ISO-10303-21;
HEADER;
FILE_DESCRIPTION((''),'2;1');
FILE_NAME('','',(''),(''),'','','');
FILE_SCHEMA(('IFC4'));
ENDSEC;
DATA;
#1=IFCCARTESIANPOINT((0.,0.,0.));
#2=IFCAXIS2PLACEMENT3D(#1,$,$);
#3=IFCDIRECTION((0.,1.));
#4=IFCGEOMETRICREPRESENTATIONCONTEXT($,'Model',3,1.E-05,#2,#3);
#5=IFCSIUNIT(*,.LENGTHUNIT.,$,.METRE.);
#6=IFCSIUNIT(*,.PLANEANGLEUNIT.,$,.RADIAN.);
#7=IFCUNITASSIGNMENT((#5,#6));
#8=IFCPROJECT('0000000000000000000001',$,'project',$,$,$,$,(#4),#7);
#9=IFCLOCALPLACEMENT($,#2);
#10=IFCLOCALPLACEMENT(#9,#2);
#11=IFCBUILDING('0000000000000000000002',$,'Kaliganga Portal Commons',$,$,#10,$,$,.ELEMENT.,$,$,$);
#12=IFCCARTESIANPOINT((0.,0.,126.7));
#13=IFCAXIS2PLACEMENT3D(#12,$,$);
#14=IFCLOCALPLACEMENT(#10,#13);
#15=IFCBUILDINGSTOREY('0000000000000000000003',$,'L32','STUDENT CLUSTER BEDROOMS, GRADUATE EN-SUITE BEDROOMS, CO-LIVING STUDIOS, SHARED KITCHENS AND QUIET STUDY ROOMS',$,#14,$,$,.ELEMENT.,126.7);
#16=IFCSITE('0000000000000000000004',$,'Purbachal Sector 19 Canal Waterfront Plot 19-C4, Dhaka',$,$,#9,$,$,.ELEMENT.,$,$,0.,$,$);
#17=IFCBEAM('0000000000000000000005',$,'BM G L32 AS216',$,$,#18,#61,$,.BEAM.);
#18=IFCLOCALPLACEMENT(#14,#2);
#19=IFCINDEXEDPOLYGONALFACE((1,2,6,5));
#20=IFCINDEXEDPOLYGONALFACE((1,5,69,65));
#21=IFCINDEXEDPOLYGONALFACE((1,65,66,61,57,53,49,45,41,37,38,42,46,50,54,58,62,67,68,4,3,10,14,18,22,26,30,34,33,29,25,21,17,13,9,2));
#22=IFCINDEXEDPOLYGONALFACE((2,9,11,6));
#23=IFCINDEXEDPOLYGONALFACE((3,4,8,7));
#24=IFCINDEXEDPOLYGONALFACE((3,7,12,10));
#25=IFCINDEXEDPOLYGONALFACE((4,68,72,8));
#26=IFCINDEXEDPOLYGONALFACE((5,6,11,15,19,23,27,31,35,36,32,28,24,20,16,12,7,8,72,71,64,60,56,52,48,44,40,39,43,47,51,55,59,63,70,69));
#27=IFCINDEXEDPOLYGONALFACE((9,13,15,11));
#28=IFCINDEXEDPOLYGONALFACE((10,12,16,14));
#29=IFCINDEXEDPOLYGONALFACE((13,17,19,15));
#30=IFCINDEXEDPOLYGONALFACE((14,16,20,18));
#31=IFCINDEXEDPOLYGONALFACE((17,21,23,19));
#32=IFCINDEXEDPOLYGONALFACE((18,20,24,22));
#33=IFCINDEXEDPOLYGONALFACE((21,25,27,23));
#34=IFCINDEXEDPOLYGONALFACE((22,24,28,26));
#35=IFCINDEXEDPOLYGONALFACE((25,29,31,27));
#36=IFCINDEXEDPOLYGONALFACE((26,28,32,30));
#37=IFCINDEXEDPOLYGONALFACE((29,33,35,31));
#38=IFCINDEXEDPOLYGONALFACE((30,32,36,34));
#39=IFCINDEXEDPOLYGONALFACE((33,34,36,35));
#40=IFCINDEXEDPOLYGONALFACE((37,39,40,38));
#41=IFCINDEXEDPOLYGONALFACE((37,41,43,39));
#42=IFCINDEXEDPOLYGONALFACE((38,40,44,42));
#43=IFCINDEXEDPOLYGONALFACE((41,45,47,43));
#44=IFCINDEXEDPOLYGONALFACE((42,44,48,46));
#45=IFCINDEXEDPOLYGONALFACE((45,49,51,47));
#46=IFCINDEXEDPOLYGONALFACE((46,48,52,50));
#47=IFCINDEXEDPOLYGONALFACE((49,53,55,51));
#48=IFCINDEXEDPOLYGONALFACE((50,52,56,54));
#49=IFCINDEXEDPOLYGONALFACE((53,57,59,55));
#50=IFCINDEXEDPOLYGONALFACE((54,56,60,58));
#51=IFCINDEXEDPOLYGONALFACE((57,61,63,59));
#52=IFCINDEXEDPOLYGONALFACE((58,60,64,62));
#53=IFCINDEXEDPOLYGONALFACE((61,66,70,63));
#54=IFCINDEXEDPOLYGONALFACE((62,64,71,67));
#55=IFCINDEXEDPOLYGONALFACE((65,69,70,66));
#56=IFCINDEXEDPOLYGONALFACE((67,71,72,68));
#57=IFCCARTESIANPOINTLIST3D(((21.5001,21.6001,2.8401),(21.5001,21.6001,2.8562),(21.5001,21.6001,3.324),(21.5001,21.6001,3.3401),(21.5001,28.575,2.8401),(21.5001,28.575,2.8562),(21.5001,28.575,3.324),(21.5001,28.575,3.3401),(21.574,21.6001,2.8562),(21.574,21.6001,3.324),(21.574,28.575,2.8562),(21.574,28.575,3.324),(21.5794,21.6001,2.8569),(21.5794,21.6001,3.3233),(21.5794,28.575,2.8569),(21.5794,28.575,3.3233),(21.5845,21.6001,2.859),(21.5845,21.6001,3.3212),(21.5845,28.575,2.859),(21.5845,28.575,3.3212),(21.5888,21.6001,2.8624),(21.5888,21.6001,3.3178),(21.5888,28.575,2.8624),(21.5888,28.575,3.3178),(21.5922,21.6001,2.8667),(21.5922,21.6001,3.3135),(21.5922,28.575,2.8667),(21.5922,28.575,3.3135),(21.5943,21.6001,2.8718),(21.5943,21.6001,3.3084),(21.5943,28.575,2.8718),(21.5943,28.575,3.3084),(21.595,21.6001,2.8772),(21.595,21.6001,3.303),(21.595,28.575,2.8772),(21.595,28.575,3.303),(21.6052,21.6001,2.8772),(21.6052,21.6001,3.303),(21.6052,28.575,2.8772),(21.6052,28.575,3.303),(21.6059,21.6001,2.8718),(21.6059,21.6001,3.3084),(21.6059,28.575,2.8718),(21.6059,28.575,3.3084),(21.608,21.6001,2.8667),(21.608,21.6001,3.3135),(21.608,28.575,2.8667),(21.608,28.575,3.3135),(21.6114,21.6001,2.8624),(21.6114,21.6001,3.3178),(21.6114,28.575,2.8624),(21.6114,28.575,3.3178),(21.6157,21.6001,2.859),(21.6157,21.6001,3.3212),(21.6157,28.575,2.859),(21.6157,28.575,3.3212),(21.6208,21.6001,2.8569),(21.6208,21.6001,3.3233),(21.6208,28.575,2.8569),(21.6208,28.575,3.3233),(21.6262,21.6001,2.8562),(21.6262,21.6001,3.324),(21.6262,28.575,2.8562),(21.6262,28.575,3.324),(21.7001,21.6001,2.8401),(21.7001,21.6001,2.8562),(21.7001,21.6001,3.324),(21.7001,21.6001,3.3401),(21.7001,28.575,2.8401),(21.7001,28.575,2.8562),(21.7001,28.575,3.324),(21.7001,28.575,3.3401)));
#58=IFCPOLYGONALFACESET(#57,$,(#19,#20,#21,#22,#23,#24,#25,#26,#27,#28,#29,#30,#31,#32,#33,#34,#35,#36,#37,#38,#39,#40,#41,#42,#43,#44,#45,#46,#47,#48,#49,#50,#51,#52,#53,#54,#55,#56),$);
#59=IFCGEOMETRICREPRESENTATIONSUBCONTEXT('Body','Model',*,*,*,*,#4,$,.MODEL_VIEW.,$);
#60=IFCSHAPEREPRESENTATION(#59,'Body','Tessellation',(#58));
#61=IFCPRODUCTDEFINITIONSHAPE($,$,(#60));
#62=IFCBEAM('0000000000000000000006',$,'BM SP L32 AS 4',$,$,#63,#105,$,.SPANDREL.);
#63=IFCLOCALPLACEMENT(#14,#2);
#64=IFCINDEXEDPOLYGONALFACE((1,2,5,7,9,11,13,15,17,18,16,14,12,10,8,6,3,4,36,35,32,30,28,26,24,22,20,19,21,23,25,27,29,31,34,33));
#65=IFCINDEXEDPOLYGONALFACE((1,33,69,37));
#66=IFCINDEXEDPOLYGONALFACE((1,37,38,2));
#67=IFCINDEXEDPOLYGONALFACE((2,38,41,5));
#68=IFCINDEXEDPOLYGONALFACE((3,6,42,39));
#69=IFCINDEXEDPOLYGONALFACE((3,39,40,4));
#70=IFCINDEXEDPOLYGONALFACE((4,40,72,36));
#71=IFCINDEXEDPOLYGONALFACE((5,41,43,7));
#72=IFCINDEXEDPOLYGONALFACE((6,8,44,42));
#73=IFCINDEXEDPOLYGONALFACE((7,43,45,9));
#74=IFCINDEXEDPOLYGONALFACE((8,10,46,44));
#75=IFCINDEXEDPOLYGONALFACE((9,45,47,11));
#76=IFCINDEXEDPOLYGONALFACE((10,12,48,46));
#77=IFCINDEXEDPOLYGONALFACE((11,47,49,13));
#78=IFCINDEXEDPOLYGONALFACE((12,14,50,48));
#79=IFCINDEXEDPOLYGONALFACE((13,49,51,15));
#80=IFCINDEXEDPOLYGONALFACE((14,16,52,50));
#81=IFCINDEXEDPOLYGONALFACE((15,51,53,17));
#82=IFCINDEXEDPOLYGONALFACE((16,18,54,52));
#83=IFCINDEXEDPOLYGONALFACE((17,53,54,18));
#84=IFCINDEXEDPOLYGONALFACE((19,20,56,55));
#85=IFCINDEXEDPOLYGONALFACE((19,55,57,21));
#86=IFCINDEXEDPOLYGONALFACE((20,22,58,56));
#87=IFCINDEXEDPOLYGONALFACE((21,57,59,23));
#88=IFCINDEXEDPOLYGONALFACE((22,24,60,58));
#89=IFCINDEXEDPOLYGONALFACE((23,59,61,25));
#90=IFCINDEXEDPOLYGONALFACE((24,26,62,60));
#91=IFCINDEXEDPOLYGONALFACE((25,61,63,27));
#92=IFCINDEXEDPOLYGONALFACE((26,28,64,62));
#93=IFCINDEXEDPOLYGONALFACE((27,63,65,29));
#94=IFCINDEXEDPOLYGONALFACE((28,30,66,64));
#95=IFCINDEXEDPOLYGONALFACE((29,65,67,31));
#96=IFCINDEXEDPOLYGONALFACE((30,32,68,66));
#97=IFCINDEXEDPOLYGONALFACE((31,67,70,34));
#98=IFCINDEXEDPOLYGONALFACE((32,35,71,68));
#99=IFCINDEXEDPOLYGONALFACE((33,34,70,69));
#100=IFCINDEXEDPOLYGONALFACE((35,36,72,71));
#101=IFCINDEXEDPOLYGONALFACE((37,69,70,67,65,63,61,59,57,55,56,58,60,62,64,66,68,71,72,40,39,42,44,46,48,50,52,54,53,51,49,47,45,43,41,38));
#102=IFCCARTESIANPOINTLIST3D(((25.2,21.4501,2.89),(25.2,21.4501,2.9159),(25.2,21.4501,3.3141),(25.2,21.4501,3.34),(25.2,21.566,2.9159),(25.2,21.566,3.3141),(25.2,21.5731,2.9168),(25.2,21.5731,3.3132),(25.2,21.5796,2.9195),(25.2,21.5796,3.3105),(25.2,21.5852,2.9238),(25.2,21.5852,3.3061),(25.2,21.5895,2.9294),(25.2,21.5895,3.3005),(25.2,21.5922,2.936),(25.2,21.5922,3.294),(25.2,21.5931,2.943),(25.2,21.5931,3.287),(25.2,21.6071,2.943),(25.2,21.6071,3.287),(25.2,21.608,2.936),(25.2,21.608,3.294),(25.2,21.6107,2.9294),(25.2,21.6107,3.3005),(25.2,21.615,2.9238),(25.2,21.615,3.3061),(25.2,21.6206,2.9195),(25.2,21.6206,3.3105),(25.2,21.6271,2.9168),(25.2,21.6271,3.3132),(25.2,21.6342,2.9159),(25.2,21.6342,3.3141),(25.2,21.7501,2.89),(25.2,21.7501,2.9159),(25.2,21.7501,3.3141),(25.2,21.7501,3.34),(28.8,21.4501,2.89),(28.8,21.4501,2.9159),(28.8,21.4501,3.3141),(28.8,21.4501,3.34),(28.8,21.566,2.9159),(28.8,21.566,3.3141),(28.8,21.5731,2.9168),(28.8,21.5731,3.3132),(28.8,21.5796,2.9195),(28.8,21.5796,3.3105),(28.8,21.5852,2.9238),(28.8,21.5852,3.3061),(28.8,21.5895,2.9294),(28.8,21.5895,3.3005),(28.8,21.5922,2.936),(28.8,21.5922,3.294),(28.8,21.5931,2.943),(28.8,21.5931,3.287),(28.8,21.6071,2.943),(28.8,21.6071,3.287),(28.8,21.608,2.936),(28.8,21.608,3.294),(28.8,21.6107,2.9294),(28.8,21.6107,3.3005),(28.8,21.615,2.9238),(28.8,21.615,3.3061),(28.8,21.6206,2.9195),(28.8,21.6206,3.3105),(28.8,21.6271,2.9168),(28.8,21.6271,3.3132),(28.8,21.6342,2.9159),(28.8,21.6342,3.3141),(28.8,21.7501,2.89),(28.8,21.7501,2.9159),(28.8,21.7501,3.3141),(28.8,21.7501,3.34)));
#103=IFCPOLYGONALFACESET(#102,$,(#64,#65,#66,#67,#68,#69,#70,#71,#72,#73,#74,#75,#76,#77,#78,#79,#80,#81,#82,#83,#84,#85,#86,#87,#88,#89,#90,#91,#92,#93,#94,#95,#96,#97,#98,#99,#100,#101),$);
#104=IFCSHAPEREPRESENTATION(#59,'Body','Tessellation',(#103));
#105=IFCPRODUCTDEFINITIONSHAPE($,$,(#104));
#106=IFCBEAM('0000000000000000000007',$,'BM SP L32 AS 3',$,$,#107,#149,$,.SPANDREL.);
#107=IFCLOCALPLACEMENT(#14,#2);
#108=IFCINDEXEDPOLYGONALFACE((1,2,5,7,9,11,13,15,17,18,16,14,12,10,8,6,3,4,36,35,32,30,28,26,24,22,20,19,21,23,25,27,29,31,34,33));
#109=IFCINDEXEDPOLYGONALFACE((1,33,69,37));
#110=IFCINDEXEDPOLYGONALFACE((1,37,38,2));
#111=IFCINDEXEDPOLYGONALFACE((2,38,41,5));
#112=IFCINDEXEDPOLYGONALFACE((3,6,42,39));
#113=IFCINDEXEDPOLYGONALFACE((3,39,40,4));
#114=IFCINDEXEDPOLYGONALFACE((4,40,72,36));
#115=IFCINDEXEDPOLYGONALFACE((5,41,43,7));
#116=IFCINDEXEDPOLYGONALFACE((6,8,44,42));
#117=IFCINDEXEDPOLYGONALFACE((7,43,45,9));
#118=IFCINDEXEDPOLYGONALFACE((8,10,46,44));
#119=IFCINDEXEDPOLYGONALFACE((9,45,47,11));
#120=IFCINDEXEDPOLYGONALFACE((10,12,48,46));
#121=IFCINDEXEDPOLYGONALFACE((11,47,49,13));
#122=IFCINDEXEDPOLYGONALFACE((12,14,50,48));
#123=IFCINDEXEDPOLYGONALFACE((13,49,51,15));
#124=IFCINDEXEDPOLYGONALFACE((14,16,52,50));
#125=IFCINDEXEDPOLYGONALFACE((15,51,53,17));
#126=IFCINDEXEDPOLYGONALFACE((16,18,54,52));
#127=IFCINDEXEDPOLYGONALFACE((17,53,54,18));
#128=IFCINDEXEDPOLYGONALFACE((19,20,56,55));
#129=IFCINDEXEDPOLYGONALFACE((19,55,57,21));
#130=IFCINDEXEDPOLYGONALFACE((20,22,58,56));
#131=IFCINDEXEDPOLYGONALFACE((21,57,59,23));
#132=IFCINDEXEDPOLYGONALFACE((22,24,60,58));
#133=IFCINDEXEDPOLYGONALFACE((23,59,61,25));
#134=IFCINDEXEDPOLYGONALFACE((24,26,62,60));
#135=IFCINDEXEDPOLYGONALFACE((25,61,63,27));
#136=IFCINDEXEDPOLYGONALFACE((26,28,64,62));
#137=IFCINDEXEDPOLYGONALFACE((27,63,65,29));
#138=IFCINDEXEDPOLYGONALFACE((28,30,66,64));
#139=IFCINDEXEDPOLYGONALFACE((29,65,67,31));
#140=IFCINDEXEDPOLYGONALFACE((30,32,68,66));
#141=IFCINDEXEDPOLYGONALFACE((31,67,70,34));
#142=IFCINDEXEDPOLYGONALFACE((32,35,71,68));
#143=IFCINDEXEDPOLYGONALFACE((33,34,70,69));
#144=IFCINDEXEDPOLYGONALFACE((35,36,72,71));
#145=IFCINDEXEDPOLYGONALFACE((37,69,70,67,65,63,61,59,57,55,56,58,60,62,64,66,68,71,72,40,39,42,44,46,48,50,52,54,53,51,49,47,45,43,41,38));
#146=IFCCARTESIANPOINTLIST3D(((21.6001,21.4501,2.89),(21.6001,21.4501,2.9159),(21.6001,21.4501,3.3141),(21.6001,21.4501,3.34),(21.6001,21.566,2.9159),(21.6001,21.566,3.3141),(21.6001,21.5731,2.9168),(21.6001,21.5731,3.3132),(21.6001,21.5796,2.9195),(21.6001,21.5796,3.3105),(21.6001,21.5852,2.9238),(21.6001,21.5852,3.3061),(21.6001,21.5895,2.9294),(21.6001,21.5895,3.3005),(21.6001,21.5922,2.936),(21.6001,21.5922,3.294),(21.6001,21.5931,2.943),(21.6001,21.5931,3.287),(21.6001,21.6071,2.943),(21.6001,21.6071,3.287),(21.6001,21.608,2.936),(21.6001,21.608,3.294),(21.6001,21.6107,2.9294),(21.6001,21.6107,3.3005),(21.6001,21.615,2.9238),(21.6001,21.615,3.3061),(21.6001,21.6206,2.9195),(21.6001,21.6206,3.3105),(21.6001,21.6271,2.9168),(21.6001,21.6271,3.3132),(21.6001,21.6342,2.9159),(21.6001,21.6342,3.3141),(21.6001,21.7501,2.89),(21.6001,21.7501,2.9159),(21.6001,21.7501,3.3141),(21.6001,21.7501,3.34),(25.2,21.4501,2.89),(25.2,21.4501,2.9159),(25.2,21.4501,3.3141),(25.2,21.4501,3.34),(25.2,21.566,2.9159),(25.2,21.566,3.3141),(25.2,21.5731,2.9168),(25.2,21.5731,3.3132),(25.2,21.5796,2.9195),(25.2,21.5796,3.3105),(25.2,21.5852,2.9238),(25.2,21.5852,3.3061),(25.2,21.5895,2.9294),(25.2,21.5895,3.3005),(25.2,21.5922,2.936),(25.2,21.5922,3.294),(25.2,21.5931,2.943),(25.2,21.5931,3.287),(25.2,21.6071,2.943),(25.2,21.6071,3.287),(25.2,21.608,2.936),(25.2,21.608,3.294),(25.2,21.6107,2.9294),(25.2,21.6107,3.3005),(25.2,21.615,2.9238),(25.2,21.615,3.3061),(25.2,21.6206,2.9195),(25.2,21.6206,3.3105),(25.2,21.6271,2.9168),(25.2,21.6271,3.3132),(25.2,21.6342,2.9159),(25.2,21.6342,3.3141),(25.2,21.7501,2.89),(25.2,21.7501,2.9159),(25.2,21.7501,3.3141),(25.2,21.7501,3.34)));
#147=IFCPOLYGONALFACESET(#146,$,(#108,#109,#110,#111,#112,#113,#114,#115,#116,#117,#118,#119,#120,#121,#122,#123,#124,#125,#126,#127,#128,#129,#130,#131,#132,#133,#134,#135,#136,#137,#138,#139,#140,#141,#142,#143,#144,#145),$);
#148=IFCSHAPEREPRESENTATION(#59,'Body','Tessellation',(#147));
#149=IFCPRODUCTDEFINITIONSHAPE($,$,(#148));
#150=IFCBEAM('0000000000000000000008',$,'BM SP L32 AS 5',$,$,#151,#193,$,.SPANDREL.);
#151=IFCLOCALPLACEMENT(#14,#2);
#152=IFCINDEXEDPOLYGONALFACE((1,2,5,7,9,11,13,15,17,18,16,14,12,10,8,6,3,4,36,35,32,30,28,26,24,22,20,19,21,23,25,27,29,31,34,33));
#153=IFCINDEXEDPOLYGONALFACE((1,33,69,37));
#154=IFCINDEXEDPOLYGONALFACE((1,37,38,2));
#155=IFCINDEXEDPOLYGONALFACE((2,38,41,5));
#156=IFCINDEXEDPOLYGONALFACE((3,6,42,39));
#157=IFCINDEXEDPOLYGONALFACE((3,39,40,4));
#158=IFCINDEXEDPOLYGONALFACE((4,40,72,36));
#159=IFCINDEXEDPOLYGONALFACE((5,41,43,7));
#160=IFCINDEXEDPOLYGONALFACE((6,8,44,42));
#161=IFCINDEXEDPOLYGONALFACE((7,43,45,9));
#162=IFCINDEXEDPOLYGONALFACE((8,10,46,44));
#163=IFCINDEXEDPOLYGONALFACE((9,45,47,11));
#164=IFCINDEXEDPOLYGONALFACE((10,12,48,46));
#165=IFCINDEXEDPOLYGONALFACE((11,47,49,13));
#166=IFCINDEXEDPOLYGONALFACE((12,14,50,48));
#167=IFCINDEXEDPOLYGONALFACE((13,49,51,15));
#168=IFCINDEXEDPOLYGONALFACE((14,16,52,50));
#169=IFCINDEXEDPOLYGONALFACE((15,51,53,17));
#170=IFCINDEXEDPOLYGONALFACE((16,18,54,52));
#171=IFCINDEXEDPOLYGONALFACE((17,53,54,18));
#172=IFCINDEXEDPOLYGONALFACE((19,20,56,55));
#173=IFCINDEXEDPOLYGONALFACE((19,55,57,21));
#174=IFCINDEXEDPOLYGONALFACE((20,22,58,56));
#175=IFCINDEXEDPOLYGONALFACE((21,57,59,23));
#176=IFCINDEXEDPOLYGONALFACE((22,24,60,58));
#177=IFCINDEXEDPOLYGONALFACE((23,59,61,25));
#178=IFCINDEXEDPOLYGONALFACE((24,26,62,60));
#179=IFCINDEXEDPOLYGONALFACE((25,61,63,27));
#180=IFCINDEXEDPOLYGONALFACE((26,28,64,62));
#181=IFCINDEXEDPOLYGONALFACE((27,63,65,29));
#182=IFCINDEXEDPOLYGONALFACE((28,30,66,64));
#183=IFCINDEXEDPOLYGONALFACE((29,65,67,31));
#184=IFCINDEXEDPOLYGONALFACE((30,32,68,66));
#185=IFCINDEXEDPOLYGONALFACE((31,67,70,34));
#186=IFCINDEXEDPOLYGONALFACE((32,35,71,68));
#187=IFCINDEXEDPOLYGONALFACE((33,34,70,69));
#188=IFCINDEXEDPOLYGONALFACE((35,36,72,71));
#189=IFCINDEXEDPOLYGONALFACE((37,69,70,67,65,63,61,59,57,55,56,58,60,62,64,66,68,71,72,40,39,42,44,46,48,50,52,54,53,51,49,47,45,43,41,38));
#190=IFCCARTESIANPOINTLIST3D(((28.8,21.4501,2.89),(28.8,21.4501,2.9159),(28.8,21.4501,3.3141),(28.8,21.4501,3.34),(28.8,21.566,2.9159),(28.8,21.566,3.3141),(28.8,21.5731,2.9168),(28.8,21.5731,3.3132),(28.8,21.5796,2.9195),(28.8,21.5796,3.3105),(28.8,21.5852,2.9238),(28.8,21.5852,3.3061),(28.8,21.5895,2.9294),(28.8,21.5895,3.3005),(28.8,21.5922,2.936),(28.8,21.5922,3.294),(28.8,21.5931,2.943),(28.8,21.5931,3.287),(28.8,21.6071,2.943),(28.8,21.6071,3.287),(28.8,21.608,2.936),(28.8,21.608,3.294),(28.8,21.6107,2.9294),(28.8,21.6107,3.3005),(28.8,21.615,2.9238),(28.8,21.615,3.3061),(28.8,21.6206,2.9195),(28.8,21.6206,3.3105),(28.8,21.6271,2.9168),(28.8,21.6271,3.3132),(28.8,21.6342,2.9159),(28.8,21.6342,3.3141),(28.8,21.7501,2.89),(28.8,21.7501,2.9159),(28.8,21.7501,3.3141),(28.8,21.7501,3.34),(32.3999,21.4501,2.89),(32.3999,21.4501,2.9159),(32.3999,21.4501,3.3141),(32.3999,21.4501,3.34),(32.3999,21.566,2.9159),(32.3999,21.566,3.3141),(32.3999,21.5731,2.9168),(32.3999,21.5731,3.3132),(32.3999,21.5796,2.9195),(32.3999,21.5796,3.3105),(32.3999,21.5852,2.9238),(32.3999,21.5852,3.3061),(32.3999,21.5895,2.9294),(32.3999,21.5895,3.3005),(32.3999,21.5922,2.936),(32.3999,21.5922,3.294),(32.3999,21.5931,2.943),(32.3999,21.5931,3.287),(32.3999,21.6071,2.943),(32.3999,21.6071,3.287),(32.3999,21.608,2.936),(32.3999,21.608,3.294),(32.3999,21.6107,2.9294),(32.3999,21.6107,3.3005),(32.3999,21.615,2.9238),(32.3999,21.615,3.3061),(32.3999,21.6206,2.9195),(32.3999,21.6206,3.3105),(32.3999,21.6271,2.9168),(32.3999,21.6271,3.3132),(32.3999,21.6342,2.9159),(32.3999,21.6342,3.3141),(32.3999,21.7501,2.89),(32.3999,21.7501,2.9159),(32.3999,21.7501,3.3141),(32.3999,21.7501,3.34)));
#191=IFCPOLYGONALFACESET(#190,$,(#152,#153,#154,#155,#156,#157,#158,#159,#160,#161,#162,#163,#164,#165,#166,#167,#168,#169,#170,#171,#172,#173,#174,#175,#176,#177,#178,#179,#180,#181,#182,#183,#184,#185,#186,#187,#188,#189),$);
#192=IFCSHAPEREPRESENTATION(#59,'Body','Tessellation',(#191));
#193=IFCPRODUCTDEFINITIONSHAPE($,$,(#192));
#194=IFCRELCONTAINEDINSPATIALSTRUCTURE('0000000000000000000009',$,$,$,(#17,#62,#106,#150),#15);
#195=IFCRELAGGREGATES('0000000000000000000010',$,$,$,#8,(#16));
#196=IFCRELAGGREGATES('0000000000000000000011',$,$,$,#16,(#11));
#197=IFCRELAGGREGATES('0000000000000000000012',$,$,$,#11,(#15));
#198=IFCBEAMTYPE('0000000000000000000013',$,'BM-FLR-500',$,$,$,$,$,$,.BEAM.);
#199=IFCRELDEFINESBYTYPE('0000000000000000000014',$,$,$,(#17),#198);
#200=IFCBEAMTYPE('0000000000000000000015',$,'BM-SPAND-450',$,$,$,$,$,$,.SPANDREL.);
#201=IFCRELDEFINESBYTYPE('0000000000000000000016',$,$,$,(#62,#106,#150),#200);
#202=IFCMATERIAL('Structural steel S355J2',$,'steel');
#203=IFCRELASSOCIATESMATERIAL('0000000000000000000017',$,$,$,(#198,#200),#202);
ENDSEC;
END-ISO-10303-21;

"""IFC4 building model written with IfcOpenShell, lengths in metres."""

from ifc_helpers import new_model, si_unit, direction, frame, origin, origin_2d, place, context, subcontext, project, spatial, i_section, extrude, source, transform, mapped, material, material_profile, profile_set, type_object, element, save


model = new_model("IFC4")

# Units and contexts
model_context = context("Model", 3, precision=1e-05, world=origin(), true_north=direction((0.0, 1.0)))
body_context = subcontext(model_context, "Body", "Model", "MODEL_VIEW")
ifc_project = project(units=[si_unit("LENGTHUNIT", "METRE"), si_unit("PLANEANGLEUNIT", "RADIAN")], contexts=[model_context])

# Site, building, storey
site_placement = place(None, origin())
site = spatial("IfcSite", under=ifc_project, at=site_placement, Name="Purbachal Sector 19 Canal Waterfront Plot 19-C4, Dhaka", CompositionType="ELEMENT", RefElevation=0.0)
building_placement = place(site_placement, origin())
building = spatial("IfcBuilding", under=site, at=building_placement, Name="Kaliganga Portal Commons", CompositionType="ELEMENT")
storey_placement = place(building_placement, frame((0.0, 0.0, 126.7)))
storey = spatial("IfcBuildingStorey", under=building, at=storey_placement, Name="L32", Description="STUDENT CLUSTER BEDROOMS, GRADUATE EN-SUITE BEDROOMS, CO-LIVING STUDIOS, SHARED KITCHENS AND QUIET STUDY ROOMS", CompositionType="ELEMENT", Elevation=126.7)

# Beams
ifc_material_1 = material(Name="Structural steel S355J2", Category="steel")
ifc_material_profile_1 = material_profile(ifc_material_1, i_section(OverallWidth=0.2, OverallDepth=0.5, WebThickness=0.0103, FlangeThickness=0.0161, FilletRadius=0.021, at=origin_2d()), Name="IPE 500")
ifc_profile_set_1 = profile_set([ifc_material_profile_1], Name="Structural steel S355J2 wide-flange")
beam_type_1 = type_object("IfcBeamType", Name="BM-FLR-500", PredefinedType="BEAM", material=ifc_profile_set_1)
shared_shape_1 = source(origin(), body_context, "Body", "SweptSolid", [
    extrude(i_section(OverallWidth=0.2, OverallDepth=0.5, WebThickness=0.0103, FlangeThickness=0.0161, FilletRadius=0.021, at=origin_2d()), origin(), (0.0, 0.0, 1.0), 6.9749),
])
beam_1_placement = place(storey_placement, frame((21.6001, 21.6001, 3.0901), z_axis=(0.0, 1.0, 0.0), x_axis=(-1.0, 0.0, 0.0)))
element("IfcBeam", 1, at=beam_1_placement, inside=storey, type_object=beam_type_1, Name="BM G L32 AS216", PredefinedType="BEAM", context=body_context, shape_type="MappedRepresentation", body=[
    mapped(shared_shape_1, transform((0.0, 0.0, 0.0), x_axis=(1.0, 0.0, 0.0), y_axis=(0.0, 1.0, 0.0), z_axis=(0.0, 0.0, 1.0), scale=1.0)),
])
ifc_material_profile_2 = material_profile(ifc_material_1, i_section(OverallWidth=0.3, OverallDepth=0.45, WebThickness=0.0139, FlangeThickness=0.0259, FilletRadius=0.0271, at=origin_2d()), Name="HE 450 B")
ifc_profile_set_2 = profile_set([ifc_material_profile_2], Name="Structural steel S355J2 wide-flange")
beam_type_2 = type_object("IfcBeamType", Name="BM-SPAND-450", PredefinedType="SPANDREL", material=ifc_profile_set_2)
shared_shape_2 = source(origin(), body_context, "Body", "SweptSolid", [
    extrude(i_section(OverallWidth=0.3, OverallDepth=0.45, WebThickness=0.0139, FlangeThickness=0.0259, FilletRadius=0.0271, at=origin_2d()), origin(), (0.0, 0.0, 1.0), 3.6001),
])
beam_2_placement = place(storey_placement, frame((25.2, 21.6001, 3.115), z_axis=(1.0, 0.0, 0.0), x_axis=(0.0, 1.0, 0.0)))
element("IfcBeam", 2, at=beam_2_placement, inside=storey, type_object=beam_type_2, Name="BM SP L32 AS 4", PredefinedType="SPANDREL", context=body_context, shape_type="MappedRepresentation", body=[
    mapped(shared_shape_2, transform((0.0, 0.0, 0.0), x_axis=(1.0, 0.0, 0.0), y_axis=(0.0, 1.0, 0.0), z_axis=(0.0, 0.0, 1.0), scale=1.0)),
])
shared_shape_3 = source(origin(), body_context, "Body", "SweptSolid", [
    extrude(i_section(OverallWidth=0.3, OverallDepth=0.45, WebThickness=0.0139, FlangeThickness=0.0259, FilletRadius=0.0271, at=origin_2d()), origin(), (0.0, 0.0, 1.0), 3.5999),
])
for number, where, z_axis, x_axis, name in (
    (3, (21.6001, 21.6001, 3.115), (1.0, 0.0, 0.0), (0.0, 1.0, 0.0), "BM SP L32 AS 3"),
    (4, (28.8, 21.6001, 3.115), (1.0, 0.0, 0.0), (0.0, 1.0, 0.0), "BM SP L32 AS 5"),
):
    element("IfcBeam", number, at=place(storey_placement, frame(where, z_axis=z_axis, x_axis=x_axis)), inside=storey, type_object=beam_type_2, Name=name, PredefinedType="SPANDREL", context=body_context, shape_type="MappedRepresentation", body=[
        mapped(shared_shape_3, transform((0.0, 0.0, 0.0), x_axis=(1.0, 0.0, 0.0), y_axis=(0.0, 1.0, 0.0), z_axis=(0.0, 0.0, 1.0), scale=1.0)),
    ])

save(model, "model.ifc")
